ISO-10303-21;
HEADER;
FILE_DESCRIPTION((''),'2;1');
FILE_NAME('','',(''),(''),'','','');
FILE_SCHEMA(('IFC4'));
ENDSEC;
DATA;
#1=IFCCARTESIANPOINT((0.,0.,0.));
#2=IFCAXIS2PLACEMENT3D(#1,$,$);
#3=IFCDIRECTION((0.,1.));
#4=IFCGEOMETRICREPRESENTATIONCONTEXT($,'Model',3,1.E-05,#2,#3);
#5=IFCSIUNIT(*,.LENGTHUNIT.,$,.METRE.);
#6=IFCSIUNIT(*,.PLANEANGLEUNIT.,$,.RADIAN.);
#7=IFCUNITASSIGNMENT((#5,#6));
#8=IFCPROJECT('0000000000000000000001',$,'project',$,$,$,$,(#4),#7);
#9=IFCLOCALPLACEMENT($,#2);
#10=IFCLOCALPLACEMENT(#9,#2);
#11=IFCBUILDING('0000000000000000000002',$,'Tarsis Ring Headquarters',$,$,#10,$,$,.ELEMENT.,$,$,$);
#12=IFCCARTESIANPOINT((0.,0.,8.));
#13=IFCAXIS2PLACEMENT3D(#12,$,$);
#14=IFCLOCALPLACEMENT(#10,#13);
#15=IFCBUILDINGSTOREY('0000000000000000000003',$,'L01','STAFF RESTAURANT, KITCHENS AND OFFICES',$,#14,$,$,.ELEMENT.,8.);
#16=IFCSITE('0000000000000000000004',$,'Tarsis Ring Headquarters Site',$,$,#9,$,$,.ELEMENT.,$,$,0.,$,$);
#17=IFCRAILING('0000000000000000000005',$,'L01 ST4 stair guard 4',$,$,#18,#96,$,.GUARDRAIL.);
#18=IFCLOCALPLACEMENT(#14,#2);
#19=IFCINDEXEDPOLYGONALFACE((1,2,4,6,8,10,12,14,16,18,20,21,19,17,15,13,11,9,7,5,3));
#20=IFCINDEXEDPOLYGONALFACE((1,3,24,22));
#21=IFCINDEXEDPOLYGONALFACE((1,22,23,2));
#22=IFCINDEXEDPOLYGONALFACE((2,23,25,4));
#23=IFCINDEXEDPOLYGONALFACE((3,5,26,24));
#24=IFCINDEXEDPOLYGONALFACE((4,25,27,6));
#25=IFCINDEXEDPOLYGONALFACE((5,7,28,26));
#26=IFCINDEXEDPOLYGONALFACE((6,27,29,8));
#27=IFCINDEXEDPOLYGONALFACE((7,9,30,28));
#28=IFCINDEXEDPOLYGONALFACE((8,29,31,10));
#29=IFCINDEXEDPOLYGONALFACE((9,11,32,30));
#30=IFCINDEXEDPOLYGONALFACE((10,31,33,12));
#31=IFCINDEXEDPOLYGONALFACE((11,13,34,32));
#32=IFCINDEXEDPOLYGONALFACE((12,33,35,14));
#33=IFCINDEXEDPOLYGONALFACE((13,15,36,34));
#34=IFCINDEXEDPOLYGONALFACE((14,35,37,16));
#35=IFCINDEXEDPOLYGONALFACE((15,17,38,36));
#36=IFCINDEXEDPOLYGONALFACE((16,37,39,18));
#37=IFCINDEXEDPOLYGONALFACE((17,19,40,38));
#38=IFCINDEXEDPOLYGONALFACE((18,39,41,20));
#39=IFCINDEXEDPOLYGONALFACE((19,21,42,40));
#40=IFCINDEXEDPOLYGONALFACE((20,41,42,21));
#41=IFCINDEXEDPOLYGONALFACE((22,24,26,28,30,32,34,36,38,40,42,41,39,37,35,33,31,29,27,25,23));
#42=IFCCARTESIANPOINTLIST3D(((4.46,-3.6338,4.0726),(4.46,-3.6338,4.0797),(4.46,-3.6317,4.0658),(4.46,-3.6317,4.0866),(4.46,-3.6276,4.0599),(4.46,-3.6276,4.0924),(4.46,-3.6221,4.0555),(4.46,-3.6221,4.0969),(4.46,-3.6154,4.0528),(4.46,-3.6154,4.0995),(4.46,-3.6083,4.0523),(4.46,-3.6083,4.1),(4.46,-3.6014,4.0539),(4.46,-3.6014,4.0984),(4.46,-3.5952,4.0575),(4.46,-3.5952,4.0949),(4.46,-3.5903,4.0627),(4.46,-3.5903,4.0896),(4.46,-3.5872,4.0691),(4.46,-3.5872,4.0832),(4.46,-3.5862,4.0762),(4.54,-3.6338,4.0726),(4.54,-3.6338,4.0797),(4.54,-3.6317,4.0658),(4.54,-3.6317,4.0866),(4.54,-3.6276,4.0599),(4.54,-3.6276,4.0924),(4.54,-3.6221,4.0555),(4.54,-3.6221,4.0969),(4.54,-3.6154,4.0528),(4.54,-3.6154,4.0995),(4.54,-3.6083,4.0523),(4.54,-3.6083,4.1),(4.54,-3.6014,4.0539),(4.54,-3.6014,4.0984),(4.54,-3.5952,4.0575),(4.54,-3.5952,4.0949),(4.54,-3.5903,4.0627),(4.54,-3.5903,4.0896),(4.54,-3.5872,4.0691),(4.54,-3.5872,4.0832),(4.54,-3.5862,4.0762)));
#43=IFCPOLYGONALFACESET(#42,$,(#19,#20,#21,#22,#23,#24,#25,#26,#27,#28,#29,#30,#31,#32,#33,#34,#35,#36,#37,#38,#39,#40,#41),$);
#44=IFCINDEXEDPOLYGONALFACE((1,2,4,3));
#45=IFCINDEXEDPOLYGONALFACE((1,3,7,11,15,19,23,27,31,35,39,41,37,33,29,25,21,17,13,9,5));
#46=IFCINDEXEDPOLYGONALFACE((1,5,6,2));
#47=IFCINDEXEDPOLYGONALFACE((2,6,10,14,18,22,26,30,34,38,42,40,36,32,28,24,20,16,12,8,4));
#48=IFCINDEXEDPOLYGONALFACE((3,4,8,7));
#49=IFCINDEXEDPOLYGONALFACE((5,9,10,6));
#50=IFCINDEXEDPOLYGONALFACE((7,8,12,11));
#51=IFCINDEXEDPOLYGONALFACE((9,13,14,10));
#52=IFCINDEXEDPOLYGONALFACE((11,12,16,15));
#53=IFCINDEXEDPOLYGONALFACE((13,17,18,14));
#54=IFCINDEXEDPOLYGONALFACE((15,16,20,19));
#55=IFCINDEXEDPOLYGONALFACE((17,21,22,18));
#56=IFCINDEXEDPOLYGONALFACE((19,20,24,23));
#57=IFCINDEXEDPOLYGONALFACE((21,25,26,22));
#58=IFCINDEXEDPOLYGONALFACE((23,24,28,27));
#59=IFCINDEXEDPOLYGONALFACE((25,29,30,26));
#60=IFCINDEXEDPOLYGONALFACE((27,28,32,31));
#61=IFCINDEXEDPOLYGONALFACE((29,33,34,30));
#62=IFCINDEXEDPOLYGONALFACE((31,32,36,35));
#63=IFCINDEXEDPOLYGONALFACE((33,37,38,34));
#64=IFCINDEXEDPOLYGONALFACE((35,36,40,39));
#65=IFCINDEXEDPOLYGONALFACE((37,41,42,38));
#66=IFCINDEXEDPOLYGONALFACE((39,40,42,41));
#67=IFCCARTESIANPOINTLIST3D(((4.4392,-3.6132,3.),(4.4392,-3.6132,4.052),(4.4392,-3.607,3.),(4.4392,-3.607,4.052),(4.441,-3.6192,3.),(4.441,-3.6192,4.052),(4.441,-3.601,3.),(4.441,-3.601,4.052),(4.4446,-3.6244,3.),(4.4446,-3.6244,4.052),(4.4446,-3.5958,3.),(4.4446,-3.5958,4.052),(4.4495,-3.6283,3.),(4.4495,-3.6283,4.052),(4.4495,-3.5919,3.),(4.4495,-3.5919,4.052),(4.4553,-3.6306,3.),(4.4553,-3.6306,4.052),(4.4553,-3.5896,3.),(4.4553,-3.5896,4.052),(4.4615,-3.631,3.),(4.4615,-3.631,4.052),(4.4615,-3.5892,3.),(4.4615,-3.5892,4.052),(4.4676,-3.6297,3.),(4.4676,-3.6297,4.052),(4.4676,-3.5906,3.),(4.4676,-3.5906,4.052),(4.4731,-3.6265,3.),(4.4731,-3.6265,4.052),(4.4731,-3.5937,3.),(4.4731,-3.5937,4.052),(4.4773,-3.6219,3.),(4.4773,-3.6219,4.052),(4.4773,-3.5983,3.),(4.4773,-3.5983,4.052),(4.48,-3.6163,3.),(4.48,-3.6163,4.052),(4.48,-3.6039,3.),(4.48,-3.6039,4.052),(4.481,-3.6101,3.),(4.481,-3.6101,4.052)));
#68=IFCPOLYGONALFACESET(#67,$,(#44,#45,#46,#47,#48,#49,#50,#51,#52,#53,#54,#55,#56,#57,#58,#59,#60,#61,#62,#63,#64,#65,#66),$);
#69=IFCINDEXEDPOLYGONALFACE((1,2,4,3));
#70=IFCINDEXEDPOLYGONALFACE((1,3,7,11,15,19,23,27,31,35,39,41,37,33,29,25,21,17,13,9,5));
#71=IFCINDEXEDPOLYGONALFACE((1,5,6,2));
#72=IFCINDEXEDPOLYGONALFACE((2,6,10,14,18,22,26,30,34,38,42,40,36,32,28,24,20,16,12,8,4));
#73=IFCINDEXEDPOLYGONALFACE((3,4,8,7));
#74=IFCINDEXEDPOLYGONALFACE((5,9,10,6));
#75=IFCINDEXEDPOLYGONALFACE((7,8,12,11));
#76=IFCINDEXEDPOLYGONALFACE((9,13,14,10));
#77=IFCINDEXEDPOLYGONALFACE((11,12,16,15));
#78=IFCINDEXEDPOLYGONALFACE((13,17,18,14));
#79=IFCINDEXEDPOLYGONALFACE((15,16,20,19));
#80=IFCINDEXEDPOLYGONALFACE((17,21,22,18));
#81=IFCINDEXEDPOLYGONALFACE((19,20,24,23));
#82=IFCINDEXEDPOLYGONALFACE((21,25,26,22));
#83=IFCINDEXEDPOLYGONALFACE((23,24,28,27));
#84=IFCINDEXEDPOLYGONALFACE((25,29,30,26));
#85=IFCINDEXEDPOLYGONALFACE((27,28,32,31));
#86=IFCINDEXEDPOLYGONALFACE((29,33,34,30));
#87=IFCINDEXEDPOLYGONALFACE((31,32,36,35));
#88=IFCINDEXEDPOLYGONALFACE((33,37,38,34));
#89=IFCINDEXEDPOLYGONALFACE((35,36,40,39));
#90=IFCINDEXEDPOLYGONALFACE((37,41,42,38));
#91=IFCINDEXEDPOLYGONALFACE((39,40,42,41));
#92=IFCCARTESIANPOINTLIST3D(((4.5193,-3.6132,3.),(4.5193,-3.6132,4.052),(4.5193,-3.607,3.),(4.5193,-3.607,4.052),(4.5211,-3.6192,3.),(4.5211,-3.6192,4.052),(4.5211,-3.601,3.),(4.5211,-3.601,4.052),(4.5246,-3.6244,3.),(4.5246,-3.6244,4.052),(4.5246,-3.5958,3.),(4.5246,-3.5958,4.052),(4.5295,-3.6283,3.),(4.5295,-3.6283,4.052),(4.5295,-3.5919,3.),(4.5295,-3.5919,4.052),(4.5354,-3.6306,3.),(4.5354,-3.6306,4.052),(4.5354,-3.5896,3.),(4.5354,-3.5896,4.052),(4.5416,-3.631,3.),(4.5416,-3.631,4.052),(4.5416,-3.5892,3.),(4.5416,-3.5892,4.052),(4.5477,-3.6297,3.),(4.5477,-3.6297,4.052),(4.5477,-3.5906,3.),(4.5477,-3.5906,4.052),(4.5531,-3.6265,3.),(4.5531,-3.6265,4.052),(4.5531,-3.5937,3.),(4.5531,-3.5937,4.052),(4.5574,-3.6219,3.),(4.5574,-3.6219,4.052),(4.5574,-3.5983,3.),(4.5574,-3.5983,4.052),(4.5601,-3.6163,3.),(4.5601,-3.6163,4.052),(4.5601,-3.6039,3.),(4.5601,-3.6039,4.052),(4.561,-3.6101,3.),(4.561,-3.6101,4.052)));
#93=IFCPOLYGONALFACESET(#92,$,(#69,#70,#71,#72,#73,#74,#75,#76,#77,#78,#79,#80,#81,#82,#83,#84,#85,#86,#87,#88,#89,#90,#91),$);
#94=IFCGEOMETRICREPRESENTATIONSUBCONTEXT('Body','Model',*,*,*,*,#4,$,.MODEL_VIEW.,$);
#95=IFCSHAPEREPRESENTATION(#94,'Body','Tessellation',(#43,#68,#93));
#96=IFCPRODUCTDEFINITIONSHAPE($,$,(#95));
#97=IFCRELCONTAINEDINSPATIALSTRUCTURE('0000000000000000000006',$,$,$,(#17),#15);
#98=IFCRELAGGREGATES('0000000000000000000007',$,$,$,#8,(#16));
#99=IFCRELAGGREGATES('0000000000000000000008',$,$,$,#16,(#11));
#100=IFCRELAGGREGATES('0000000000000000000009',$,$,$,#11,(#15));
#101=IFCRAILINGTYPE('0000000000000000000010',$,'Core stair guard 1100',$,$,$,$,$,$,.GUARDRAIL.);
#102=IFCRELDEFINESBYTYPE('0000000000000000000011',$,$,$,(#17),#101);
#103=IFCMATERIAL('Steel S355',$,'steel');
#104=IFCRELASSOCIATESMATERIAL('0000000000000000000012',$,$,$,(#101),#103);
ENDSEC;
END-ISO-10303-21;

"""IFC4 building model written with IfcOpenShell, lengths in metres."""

from ifc_helpers import new_model, si_unit, direction, frame, origin, origin_2d, place, context, subcontext, project, spatial, circle, extrude, material, type_object, element, save


model = new_model("IFC4")

# Units and contexts
model_context = context("Model", 3, precision=1e-05, world=origin(), true_north=direction((0.0, 1.0)))
body_context = subcontext(model_context, "Body", "Model", "MODEL_VIEW")
ifc_project = project(units=[si_unit("LENGTHUNIT", "METRE"), si_unit("PLANEANGLEUNIT", "RADIAN")], contexts=[model_context])

# Site, building, storey
site_placement = place(None, origin())
site = spatial("IfcSite", under=ifc_project, at=site_placement, Name="Tarsis Ring Headquarters Site", CompositionType="ELEMENT", RefElevation=0.0)
building_placement = place(site_placement, origin())
building = spatial("IfcBuilding", under=site, at=building_placement, Name="Tarsis Ring Headquarters", CompositionType="ELEMENT")
storey_placement = place(building_placement, frame((0.0, 0.0, 8.0)))
storey = spatial("IfcBuildingStorey", under=building, at=storey_placement, Name="L01", Description="STAFF RESTAURANT, KITCHENS AND OFFICES", CompositionType="ELEMENT", Elevation=8.0)

# Railing
ifc_material_1 = material(Name="Steel S355", Category="steel")
railing_type_1 = type_object("IfcRailingType", Name="Core stair guard 1100", PredefinedType="GUARDRAIL", material=ifc_material_1)
railing_1_placement = place(storey_placement, frame((4.46, -3.6101, 3.0)))
element("IfcRailing", 1, at=railing_1_placement, inside=storey, type_object=railing_type_1, Name="L01 ST4 stair guard 4", PredefinedType="GUARDRAIL", context=body_context, shape_type="SweptSolid", body=[
    extrude(circle(Radius=0.0239, at=origin_2d()), frame((0.0, 0.0, 1.0762), z_axis=(1.0, 0.0, 0.0), x_axis=(0.0, 1.0, 0.0)), (0.0, 0.0, 1.0), 0.0801),
    extrude(circle(Radius=0.021, at=origin_2d()), origin(), (0.0, 0.0, 1.0), 1.052),
    extrude(circle(Radius=0.021, at=origin_2d()), frame((0.0801, 0.0, 0.0)), (0.0, 0.0, 1.0), 1.052),
])

save(model, "model.ifc")
